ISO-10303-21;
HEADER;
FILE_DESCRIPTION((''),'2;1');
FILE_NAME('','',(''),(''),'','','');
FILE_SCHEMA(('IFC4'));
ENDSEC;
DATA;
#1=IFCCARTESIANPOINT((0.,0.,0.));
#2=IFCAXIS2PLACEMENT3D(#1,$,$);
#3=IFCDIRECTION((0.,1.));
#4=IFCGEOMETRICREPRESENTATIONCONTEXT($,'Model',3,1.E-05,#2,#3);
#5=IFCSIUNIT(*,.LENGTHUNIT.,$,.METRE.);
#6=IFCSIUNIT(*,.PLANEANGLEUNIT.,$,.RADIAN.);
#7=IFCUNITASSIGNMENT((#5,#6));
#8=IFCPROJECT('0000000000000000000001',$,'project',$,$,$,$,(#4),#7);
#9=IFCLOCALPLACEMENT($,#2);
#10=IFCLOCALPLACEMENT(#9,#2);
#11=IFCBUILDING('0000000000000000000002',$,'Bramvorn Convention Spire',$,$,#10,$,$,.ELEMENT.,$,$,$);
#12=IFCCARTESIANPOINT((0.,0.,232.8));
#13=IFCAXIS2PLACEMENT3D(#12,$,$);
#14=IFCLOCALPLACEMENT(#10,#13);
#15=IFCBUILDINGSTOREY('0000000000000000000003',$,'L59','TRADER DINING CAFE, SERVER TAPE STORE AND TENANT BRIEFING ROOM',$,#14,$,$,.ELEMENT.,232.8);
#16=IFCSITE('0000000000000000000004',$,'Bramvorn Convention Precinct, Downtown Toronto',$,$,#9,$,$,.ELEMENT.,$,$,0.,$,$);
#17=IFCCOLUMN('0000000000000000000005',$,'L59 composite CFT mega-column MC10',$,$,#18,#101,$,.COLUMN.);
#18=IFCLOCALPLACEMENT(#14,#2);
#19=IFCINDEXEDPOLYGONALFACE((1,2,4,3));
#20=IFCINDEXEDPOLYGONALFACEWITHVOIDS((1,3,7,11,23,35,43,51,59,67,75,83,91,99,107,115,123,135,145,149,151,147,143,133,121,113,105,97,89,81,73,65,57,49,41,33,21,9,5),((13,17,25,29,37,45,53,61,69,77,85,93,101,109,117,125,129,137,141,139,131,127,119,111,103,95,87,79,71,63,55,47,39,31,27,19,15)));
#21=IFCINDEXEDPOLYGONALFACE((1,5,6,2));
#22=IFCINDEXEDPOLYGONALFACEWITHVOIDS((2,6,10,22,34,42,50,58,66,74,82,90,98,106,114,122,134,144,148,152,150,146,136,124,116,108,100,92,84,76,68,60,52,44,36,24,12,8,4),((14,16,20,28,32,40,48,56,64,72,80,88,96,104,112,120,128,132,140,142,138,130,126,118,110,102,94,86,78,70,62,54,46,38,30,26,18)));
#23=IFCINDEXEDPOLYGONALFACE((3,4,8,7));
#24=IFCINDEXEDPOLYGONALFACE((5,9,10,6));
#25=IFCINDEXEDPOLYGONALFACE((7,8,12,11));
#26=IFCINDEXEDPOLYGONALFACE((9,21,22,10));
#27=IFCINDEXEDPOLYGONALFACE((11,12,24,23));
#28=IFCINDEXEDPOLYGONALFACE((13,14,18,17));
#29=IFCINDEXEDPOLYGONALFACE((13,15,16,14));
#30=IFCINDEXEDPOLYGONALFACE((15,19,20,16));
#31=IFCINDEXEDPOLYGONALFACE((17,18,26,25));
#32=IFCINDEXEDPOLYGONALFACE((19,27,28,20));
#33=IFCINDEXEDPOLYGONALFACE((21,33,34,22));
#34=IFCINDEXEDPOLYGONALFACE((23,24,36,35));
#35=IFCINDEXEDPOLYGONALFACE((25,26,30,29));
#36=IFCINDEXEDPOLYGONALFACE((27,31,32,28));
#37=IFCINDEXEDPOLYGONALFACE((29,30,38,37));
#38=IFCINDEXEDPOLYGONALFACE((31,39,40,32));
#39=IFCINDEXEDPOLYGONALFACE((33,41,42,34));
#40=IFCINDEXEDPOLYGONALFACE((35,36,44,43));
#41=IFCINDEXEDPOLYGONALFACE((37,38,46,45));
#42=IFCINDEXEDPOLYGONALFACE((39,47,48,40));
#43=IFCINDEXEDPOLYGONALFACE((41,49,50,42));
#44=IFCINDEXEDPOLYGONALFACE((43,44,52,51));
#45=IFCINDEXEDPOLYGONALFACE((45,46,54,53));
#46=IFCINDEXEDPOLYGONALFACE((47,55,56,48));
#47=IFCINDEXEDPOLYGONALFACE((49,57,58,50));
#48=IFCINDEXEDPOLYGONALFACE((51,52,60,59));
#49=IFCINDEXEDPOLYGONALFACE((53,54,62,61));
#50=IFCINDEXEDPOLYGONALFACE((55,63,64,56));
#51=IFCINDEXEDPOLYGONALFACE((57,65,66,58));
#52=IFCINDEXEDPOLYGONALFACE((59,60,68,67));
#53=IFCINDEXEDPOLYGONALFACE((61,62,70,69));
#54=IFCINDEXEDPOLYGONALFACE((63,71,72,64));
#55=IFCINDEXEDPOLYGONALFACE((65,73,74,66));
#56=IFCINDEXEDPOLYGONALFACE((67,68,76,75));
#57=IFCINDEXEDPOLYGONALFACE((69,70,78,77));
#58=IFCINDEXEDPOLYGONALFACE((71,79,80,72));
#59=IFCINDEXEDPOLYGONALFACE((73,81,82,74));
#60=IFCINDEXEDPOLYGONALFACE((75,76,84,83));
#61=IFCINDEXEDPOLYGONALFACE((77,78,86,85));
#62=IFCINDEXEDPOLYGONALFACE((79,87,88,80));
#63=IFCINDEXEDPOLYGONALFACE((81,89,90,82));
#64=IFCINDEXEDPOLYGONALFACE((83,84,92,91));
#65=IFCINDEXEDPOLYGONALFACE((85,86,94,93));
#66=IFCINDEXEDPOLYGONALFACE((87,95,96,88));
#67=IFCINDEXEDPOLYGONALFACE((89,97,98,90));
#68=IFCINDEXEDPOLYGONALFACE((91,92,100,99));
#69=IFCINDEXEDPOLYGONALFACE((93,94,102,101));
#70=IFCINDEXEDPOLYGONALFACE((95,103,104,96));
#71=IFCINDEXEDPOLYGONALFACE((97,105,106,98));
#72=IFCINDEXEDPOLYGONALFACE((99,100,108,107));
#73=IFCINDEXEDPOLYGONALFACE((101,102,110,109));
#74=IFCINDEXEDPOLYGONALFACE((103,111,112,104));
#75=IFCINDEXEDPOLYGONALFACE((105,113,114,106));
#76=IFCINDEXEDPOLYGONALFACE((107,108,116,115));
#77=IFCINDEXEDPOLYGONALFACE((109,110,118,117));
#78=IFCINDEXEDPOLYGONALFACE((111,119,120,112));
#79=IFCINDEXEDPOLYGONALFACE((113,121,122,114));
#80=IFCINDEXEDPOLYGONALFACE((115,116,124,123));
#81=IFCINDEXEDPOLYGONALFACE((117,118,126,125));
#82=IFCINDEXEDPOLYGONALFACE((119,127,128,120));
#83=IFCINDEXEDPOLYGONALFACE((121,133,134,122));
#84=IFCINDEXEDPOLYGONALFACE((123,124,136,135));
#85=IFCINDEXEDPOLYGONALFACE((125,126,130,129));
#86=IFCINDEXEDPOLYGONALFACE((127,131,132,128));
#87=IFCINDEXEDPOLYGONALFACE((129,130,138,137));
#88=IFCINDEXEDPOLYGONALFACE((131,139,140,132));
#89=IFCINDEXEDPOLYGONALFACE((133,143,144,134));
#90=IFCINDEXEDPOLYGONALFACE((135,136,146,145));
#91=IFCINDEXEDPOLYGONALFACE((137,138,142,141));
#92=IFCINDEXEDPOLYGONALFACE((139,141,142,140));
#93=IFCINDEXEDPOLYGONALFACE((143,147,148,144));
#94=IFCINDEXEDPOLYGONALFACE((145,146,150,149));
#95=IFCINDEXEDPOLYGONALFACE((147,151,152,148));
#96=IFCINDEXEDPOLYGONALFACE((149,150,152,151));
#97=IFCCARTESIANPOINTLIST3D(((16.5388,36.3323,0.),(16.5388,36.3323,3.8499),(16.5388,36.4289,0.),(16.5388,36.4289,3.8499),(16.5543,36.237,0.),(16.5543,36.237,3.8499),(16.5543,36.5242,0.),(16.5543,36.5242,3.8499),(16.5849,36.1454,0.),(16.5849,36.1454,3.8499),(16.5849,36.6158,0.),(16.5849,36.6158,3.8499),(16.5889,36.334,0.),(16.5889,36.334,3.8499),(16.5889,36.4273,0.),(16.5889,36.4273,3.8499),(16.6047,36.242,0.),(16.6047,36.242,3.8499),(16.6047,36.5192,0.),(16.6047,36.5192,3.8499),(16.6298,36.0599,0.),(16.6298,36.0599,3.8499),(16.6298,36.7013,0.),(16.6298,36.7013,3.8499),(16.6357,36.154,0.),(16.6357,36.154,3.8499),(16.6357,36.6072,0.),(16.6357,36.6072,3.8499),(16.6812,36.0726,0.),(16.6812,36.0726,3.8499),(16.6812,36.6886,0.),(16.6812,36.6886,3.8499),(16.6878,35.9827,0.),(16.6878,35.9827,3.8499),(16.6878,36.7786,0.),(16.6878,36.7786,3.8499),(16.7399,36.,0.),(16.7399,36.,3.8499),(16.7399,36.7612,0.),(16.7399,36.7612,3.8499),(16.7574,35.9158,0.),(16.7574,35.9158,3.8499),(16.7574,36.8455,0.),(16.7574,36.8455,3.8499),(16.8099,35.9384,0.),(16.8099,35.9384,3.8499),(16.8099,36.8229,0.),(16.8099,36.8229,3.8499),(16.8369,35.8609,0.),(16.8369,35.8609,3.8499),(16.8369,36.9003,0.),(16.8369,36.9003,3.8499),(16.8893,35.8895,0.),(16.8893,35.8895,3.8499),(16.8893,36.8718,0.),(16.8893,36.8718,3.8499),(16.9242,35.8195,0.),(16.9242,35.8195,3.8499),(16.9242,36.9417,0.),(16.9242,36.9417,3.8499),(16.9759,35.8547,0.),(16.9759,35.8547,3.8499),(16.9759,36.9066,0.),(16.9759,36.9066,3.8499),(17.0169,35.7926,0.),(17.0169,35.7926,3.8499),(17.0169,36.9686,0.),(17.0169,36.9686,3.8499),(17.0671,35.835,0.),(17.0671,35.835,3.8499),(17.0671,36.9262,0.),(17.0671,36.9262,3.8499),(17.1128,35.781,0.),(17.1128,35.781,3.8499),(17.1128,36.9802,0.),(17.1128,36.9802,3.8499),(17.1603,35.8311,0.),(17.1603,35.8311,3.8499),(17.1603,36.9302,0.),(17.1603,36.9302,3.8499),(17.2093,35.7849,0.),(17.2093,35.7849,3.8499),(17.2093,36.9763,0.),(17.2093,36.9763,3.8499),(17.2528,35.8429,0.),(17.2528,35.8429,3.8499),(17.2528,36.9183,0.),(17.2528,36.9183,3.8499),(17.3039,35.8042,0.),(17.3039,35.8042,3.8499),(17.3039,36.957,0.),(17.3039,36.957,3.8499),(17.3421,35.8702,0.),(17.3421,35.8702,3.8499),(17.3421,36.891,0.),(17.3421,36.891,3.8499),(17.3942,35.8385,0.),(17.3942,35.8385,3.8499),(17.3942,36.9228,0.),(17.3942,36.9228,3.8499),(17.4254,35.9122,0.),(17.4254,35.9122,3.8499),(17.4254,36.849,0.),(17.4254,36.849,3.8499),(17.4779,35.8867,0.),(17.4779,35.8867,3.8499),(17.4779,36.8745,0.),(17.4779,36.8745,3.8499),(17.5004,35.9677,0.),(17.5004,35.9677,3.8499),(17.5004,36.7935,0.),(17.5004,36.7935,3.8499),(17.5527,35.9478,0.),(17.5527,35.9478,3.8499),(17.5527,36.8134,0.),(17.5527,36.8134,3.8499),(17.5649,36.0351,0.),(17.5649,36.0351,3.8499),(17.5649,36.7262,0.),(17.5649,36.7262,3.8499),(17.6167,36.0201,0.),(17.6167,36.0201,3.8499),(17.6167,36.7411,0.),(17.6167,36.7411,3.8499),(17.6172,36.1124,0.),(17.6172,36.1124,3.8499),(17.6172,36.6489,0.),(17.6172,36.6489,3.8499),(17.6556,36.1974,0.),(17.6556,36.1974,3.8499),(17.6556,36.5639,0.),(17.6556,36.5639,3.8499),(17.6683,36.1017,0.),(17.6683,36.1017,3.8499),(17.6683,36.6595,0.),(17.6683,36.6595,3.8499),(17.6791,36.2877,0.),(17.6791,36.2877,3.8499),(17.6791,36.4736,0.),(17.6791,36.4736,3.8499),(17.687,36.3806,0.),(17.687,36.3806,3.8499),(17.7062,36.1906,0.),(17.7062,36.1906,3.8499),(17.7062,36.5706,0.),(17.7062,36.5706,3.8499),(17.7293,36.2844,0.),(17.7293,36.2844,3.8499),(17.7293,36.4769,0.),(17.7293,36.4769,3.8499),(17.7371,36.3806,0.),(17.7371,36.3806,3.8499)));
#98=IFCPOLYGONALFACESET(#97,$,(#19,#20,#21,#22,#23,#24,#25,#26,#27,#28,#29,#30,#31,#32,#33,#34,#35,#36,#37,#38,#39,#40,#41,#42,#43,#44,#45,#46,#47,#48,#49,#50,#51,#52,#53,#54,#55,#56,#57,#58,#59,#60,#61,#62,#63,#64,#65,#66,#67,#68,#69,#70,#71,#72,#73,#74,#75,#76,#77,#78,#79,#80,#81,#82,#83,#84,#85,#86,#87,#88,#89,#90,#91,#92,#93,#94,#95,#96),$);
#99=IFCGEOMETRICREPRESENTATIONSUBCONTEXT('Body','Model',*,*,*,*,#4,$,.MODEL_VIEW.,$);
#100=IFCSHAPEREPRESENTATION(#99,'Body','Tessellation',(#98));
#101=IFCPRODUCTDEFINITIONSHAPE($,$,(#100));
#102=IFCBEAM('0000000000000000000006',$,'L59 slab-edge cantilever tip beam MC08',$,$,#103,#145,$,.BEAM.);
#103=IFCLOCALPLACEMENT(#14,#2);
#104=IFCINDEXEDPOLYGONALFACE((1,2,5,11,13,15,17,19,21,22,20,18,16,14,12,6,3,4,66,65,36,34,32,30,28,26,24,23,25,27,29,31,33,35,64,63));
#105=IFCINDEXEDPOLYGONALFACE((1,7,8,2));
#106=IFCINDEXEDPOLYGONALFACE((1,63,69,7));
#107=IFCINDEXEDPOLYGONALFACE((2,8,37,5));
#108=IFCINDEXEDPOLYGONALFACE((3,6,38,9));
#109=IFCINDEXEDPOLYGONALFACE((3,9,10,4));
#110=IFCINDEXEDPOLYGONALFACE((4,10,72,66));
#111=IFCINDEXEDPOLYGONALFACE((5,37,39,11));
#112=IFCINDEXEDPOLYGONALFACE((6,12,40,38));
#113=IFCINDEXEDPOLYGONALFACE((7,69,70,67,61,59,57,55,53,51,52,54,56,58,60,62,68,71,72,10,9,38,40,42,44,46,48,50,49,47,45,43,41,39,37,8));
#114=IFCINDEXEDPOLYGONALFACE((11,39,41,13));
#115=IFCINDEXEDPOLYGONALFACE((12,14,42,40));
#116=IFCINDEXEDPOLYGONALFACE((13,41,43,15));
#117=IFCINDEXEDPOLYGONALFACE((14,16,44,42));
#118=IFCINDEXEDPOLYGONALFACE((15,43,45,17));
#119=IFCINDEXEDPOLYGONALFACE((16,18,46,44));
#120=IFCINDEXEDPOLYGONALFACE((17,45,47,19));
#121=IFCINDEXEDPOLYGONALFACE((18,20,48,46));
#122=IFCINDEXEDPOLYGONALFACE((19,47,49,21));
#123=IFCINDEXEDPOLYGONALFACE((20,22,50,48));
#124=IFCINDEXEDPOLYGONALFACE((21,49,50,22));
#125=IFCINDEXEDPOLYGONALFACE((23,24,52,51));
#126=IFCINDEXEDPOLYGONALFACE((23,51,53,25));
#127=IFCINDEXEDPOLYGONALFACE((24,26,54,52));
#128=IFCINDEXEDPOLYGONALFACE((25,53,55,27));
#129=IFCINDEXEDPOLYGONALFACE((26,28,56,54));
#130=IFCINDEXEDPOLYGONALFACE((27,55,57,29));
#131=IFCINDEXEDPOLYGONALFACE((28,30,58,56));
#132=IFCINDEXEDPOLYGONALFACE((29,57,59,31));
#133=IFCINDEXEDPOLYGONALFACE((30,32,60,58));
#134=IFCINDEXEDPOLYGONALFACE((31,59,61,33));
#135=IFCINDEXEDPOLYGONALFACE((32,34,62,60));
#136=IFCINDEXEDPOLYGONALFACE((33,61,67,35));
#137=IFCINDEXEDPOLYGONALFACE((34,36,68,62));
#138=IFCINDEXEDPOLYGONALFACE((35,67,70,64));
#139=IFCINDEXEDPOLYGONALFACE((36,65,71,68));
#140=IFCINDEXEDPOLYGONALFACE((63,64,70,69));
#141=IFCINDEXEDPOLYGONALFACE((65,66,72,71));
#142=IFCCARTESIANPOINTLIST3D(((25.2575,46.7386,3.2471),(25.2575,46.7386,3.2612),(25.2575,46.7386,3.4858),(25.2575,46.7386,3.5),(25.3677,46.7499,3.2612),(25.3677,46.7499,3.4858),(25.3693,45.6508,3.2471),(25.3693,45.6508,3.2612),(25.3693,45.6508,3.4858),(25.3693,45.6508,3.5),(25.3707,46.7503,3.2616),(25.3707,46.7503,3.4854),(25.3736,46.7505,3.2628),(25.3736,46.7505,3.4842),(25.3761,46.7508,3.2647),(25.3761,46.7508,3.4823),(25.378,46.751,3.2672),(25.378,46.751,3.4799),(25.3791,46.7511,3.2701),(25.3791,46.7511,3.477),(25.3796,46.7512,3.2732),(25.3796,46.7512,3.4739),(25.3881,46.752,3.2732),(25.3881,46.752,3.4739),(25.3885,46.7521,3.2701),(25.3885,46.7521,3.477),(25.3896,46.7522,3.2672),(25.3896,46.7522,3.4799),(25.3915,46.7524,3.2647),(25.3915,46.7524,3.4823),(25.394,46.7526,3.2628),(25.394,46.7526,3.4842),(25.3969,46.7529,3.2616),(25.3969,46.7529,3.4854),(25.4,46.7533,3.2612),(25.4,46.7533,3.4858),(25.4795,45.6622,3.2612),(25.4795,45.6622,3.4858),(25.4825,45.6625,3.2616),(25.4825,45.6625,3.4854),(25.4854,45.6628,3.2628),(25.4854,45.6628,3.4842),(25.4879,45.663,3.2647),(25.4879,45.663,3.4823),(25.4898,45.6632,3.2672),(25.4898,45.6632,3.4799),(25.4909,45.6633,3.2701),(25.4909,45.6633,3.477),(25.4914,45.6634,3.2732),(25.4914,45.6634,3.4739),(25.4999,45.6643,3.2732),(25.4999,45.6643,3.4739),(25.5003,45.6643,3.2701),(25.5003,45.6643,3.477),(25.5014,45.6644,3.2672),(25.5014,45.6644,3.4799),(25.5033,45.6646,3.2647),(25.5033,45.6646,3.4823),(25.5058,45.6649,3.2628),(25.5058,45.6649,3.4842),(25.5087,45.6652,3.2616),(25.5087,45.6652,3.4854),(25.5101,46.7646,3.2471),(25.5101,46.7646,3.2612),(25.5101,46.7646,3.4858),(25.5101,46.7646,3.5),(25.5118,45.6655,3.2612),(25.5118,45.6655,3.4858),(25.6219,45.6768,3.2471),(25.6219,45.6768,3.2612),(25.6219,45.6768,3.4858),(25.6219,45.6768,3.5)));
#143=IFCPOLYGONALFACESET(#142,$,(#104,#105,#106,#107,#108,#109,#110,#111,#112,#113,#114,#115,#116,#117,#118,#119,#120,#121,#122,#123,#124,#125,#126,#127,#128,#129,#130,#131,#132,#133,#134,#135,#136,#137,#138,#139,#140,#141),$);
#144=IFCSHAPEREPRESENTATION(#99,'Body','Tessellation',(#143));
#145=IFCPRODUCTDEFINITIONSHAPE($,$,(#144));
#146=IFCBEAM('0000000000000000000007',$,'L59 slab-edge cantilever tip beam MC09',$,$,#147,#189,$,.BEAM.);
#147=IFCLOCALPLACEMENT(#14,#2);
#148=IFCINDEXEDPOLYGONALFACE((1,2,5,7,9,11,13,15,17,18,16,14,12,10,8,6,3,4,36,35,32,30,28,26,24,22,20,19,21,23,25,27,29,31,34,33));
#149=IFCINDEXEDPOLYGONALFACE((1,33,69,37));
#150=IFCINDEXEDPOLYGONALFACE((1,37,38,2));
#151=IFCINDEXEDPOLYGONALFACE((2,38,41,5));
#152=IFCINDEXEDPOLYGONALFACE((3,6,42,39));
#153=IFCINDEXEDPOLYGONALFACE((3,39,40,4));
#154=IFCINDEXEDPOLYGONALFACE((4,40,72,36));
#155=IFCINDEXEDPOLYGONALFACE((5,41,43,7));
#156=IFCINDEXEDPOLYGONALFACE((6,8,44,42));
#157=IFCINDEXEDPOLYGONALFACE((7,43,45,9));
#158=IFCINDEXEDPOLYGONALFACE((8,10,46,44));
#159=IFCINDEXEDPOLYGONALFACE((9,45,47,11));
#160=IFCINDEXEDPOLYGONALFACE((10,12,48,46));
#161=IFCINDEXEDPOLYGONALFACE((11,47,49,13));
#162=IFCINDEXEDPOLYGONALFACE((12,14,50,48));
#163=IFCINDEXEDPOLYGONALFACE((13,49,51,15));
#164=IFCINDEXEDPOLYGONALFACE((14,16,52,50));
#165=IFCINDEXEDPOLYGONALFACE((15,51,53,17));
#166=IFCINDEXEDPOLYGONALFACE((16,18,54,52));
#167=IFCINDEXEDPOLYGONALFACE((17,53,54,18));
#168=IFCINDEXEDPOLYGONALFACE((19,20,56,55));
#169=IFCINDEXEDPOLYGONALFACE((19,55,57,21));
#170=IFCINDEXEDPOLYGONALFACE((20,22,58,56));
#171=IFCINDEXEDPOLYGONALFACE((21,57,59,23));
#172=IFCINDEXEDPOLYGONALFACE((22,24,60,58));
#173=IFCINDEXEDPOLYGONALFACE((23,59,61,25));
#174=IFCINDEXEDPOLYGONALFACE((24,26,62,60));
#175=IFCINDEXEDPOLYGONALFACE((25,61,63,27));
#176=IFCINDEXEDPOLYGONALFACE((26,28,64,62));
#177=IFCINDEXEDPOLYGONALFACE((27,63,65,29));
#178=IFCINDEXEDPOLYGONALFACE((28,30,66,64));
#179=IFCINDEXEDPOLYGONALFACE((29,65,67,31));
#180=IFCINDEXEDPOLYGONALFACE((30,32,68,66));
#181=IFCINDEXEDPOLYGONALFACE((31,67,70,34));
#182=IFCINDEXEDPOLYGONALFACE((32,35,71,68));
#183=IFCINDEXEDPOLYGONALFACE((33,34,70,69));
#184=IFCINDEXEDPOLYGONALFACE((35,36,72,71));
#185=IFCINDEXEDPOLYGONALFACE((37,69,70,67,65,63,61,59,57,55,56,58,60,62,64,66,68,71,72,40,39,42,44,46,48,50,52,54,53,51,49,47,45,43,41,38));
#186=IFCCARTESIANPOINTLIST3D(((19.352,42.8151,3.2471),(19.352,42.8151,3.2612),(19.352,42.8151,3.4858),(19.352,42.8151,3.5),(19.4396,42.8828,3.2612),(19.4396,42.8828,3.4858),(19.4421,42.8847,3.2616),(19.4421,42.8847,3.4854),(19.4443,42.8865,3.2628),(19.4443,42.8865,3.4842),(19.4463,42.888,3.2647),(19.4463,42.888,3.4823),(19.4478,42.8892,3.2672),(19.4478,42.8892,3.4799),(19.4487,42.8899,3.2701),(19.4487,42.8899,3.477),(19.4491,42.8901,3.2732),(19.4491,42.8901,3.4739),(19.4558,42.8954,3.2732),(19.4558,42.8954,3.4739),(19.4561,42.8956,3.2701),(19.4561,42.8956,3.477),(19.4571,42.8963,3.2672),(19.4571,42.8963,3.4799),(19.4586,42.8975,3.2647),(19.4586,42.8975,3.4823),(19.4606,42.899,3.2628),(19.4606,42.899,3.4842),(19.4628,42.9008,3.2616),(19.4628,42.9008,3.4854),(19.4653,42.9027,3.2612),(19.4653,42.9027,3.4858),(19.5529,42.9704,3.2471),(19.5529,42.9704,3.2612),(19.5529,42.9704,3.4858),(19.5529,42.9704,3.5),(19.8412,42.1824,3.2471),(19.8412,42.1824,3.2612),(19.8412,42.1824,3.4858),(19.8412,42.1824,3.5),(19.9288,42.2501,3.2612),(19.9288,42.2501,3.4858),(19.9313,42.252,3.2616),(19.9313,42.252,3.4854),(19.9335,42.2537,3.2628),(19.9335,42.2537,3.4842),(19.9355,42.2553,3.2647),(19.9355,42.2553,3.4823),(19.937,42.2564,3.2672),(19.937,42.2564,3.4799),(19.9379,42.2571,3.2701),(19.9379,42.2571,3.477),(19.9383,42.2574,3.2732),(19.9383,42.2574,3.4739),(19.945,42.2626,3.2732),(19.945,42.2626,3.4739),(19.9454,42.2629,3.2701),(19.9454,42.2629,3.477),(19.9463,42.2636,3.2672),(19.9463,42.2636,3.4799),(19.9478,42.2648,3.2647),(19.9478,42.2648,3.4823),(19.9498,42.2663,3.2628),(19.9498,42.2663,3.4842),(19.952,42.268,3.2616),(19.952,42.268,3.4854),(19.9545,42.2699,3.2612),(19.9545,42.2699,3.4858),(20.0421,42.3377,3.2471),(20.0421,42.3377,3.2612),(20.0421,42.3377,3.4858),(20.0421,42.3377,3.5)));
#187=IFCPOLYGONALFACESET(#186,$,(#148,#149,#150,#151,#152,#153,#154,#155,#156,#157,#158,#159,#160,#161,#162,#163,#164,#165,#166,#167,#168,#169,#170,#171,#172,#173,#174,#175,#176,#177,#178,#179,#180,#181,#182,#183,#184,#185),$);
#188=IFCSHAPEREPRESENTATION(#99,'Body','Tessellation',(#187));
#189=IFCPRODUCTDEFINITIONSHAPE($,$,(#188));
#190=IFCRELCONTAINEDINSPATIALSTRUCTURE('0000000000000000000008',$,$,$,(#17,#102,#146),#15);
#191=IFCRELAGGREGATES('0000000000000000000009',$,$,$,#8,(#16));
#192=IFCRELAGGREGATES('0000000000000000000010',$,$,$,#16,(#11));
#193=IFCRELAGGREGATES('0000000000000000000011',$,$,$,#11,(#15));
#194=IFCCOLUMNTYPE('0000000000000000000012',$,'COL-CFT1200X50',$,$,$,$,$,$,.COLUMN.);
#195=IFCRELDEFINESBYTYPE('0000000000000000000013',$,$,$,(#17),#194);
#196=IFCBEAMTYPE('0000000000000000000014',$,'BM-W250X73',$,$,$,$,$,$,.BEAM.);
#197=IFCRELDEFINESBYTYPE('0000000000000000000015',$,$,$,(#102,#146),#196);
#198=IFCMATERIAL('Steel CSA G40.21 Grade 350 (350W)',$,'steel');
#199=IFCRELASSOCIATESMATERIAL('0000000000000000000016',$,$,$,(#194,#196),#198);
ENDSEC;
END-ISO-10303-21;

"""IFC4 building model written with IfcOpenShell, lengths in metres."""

from ifc_helpers import new_model, si_unit, direction, frame, origin, origin_2d, place, context, subcontext, project, spatial, hollow_circle, i_section, extrude, material, material_profile, profile_set, type_object, element, save


model = new_model("IFC4")

# Units and contexts
model_context = context("Model", 3, precision=1e-05, world=origin(), true_north=direction((0.0, 1.0)))
body_context = subcontext(model_context, "Body", "Model", "MODEL_VIEW")
ifc_project = project(units=[si_unit("LENGTHUNIT", "METRE"), si_unit("PLANEANGLEUNIT", "RADIAN")], contexts=[model_context])

# Site, building, storey
site_placement = place(None, origin())
site = spatial("IfcSite", under=ifc_project, at=site_placement, Name="Bramvorn Convention Precinct, Downtown Toronto", CompositionType="ELEMENT", RefElevation=0.0)
building_placement = place(site_placement, origin())
building = spatial("IfcBuilding", under=site, at=building_placement, Name="Bramvorn Convention Spire", CompositionType="ELEMENT")
storey_placement = place(building_placement, frame((0.0, 0.0, 232.8)))
storey = spatial("IfcBuildingStorey", under=building, at=storey_placement, Name="L59", Description="TRADER DINING CAFE, SERVER TAPE STORE AND TENANT BRIEFING ROOM", CompositionType="ELEMENT", Elevation=232.8)

# Column
ifc_material_1 = material(Name="Steel CSA G40.21 Grade 350 (350W)", Category="steel")
ifc_material_profile_1 = material_profile(ifc_material_1, hollow_circle(Radius=0.6001, WallThickness=0.05, at=origin_2d()))
ifc_profile_set_1 = profile_set([ifc_material_profile_1], Name="Steel CSA G40.21 Grade 350 (350W) - CFT1200X50")
column_type = type_object("IfcColumnType", Name="COL-CFT1200X50", PredefinedType="COLUMN", material=ifc_profile_set_1)
for number, where, z_axis, x_axis, name in (
    (1, (17.137, 36.3806, 0.0), (0.0, 0.0, 1.0), (1.0, 0.0, 0.0), "L59 composite CFT mega-column MC10"),
):
    element("IfcColumn", number, at=place(storey_placement, frame(where, z_axis=z_axis, x_axis=x_axis)), inside=storey, type_object=column_type, Name=name, PredefinedType="COLUMN", context=body_context, shape_type="SweptSolid", body=[
        extrude(hollow_circle(Radius=0.6001, WallThickness=0.05, at=origin_2d()), origin(), (0.0, 0.0, 1.0), 3.8499),
    ])

# Beams
ifc_material_profile_2 = material_profile(ifc_material_1, i_section(OverallWidth=0.2539, OverallDepth=0.2529, WebThickness=0.0085, FlangeThickness=0.0142, FilletRadius=0.012, at=origin_2d()))
ifc_profile_set_2 = profile_set([ifc_material_profile_2], Name="Steel CSA G40.21 Grade 350 (350W) - W250X73")
beam_type_1 = type_object("IfcBeamType", Name="BM-W250X73", PredefinedType="BEAM", material=ifc_profile_set_2)
beam_1_placement = place(storey_placement, frame((25.4956, 45.6638, 3.3735), z_axis=(-0.102244, 0.994759, 0.0), x_axis=(-0.994759, -0.102244, 0.0)))
element("IfcBeam", 2, at=beam_1_placement, inside=storey, type_object=beam_type_1, Name="L59 slab-edge cantilever tip beam MC08", PredefinedType="BEAM", context=body_context, shape_type="SweptSolid", body=[
    extrude(i_section(OverallWidth=0.2539, OverallDepth=0.2529, WebThickness=0.0085, FlangeThickness=0.0142, FilletRadius=0.012, at=origin_2d()), origin(), (0.0, 0.0, 1.0), 1.0935),
])
beam_2_placement = place(storey_placement, frame((19.9417, 42.26, 3.3735), z_axis=(-0.611656, 0.791124, 0.0), x_axis=(-0.791124, -0.611656, 0.0)))
element("IfcBeam", 3, at=beam_2_placement, inside=storey, type_object=beam_type_1, Name="L59 slab-edge cantilever tip beam MC09", PredefinedType="BEAM", context=body_context, shape_type="SweptSolid", body=[
    extrude(i_section(OverallWidth=0.2539, OverallDepth=0.2529, WebThickness=0.0085, FlangeThickness=0.0142, FilletRadius=0.012, at=origin_2d()), origin(), (0.0, 0.0, 1.0), 0.7998),
])

save(model, "model.ifc")
